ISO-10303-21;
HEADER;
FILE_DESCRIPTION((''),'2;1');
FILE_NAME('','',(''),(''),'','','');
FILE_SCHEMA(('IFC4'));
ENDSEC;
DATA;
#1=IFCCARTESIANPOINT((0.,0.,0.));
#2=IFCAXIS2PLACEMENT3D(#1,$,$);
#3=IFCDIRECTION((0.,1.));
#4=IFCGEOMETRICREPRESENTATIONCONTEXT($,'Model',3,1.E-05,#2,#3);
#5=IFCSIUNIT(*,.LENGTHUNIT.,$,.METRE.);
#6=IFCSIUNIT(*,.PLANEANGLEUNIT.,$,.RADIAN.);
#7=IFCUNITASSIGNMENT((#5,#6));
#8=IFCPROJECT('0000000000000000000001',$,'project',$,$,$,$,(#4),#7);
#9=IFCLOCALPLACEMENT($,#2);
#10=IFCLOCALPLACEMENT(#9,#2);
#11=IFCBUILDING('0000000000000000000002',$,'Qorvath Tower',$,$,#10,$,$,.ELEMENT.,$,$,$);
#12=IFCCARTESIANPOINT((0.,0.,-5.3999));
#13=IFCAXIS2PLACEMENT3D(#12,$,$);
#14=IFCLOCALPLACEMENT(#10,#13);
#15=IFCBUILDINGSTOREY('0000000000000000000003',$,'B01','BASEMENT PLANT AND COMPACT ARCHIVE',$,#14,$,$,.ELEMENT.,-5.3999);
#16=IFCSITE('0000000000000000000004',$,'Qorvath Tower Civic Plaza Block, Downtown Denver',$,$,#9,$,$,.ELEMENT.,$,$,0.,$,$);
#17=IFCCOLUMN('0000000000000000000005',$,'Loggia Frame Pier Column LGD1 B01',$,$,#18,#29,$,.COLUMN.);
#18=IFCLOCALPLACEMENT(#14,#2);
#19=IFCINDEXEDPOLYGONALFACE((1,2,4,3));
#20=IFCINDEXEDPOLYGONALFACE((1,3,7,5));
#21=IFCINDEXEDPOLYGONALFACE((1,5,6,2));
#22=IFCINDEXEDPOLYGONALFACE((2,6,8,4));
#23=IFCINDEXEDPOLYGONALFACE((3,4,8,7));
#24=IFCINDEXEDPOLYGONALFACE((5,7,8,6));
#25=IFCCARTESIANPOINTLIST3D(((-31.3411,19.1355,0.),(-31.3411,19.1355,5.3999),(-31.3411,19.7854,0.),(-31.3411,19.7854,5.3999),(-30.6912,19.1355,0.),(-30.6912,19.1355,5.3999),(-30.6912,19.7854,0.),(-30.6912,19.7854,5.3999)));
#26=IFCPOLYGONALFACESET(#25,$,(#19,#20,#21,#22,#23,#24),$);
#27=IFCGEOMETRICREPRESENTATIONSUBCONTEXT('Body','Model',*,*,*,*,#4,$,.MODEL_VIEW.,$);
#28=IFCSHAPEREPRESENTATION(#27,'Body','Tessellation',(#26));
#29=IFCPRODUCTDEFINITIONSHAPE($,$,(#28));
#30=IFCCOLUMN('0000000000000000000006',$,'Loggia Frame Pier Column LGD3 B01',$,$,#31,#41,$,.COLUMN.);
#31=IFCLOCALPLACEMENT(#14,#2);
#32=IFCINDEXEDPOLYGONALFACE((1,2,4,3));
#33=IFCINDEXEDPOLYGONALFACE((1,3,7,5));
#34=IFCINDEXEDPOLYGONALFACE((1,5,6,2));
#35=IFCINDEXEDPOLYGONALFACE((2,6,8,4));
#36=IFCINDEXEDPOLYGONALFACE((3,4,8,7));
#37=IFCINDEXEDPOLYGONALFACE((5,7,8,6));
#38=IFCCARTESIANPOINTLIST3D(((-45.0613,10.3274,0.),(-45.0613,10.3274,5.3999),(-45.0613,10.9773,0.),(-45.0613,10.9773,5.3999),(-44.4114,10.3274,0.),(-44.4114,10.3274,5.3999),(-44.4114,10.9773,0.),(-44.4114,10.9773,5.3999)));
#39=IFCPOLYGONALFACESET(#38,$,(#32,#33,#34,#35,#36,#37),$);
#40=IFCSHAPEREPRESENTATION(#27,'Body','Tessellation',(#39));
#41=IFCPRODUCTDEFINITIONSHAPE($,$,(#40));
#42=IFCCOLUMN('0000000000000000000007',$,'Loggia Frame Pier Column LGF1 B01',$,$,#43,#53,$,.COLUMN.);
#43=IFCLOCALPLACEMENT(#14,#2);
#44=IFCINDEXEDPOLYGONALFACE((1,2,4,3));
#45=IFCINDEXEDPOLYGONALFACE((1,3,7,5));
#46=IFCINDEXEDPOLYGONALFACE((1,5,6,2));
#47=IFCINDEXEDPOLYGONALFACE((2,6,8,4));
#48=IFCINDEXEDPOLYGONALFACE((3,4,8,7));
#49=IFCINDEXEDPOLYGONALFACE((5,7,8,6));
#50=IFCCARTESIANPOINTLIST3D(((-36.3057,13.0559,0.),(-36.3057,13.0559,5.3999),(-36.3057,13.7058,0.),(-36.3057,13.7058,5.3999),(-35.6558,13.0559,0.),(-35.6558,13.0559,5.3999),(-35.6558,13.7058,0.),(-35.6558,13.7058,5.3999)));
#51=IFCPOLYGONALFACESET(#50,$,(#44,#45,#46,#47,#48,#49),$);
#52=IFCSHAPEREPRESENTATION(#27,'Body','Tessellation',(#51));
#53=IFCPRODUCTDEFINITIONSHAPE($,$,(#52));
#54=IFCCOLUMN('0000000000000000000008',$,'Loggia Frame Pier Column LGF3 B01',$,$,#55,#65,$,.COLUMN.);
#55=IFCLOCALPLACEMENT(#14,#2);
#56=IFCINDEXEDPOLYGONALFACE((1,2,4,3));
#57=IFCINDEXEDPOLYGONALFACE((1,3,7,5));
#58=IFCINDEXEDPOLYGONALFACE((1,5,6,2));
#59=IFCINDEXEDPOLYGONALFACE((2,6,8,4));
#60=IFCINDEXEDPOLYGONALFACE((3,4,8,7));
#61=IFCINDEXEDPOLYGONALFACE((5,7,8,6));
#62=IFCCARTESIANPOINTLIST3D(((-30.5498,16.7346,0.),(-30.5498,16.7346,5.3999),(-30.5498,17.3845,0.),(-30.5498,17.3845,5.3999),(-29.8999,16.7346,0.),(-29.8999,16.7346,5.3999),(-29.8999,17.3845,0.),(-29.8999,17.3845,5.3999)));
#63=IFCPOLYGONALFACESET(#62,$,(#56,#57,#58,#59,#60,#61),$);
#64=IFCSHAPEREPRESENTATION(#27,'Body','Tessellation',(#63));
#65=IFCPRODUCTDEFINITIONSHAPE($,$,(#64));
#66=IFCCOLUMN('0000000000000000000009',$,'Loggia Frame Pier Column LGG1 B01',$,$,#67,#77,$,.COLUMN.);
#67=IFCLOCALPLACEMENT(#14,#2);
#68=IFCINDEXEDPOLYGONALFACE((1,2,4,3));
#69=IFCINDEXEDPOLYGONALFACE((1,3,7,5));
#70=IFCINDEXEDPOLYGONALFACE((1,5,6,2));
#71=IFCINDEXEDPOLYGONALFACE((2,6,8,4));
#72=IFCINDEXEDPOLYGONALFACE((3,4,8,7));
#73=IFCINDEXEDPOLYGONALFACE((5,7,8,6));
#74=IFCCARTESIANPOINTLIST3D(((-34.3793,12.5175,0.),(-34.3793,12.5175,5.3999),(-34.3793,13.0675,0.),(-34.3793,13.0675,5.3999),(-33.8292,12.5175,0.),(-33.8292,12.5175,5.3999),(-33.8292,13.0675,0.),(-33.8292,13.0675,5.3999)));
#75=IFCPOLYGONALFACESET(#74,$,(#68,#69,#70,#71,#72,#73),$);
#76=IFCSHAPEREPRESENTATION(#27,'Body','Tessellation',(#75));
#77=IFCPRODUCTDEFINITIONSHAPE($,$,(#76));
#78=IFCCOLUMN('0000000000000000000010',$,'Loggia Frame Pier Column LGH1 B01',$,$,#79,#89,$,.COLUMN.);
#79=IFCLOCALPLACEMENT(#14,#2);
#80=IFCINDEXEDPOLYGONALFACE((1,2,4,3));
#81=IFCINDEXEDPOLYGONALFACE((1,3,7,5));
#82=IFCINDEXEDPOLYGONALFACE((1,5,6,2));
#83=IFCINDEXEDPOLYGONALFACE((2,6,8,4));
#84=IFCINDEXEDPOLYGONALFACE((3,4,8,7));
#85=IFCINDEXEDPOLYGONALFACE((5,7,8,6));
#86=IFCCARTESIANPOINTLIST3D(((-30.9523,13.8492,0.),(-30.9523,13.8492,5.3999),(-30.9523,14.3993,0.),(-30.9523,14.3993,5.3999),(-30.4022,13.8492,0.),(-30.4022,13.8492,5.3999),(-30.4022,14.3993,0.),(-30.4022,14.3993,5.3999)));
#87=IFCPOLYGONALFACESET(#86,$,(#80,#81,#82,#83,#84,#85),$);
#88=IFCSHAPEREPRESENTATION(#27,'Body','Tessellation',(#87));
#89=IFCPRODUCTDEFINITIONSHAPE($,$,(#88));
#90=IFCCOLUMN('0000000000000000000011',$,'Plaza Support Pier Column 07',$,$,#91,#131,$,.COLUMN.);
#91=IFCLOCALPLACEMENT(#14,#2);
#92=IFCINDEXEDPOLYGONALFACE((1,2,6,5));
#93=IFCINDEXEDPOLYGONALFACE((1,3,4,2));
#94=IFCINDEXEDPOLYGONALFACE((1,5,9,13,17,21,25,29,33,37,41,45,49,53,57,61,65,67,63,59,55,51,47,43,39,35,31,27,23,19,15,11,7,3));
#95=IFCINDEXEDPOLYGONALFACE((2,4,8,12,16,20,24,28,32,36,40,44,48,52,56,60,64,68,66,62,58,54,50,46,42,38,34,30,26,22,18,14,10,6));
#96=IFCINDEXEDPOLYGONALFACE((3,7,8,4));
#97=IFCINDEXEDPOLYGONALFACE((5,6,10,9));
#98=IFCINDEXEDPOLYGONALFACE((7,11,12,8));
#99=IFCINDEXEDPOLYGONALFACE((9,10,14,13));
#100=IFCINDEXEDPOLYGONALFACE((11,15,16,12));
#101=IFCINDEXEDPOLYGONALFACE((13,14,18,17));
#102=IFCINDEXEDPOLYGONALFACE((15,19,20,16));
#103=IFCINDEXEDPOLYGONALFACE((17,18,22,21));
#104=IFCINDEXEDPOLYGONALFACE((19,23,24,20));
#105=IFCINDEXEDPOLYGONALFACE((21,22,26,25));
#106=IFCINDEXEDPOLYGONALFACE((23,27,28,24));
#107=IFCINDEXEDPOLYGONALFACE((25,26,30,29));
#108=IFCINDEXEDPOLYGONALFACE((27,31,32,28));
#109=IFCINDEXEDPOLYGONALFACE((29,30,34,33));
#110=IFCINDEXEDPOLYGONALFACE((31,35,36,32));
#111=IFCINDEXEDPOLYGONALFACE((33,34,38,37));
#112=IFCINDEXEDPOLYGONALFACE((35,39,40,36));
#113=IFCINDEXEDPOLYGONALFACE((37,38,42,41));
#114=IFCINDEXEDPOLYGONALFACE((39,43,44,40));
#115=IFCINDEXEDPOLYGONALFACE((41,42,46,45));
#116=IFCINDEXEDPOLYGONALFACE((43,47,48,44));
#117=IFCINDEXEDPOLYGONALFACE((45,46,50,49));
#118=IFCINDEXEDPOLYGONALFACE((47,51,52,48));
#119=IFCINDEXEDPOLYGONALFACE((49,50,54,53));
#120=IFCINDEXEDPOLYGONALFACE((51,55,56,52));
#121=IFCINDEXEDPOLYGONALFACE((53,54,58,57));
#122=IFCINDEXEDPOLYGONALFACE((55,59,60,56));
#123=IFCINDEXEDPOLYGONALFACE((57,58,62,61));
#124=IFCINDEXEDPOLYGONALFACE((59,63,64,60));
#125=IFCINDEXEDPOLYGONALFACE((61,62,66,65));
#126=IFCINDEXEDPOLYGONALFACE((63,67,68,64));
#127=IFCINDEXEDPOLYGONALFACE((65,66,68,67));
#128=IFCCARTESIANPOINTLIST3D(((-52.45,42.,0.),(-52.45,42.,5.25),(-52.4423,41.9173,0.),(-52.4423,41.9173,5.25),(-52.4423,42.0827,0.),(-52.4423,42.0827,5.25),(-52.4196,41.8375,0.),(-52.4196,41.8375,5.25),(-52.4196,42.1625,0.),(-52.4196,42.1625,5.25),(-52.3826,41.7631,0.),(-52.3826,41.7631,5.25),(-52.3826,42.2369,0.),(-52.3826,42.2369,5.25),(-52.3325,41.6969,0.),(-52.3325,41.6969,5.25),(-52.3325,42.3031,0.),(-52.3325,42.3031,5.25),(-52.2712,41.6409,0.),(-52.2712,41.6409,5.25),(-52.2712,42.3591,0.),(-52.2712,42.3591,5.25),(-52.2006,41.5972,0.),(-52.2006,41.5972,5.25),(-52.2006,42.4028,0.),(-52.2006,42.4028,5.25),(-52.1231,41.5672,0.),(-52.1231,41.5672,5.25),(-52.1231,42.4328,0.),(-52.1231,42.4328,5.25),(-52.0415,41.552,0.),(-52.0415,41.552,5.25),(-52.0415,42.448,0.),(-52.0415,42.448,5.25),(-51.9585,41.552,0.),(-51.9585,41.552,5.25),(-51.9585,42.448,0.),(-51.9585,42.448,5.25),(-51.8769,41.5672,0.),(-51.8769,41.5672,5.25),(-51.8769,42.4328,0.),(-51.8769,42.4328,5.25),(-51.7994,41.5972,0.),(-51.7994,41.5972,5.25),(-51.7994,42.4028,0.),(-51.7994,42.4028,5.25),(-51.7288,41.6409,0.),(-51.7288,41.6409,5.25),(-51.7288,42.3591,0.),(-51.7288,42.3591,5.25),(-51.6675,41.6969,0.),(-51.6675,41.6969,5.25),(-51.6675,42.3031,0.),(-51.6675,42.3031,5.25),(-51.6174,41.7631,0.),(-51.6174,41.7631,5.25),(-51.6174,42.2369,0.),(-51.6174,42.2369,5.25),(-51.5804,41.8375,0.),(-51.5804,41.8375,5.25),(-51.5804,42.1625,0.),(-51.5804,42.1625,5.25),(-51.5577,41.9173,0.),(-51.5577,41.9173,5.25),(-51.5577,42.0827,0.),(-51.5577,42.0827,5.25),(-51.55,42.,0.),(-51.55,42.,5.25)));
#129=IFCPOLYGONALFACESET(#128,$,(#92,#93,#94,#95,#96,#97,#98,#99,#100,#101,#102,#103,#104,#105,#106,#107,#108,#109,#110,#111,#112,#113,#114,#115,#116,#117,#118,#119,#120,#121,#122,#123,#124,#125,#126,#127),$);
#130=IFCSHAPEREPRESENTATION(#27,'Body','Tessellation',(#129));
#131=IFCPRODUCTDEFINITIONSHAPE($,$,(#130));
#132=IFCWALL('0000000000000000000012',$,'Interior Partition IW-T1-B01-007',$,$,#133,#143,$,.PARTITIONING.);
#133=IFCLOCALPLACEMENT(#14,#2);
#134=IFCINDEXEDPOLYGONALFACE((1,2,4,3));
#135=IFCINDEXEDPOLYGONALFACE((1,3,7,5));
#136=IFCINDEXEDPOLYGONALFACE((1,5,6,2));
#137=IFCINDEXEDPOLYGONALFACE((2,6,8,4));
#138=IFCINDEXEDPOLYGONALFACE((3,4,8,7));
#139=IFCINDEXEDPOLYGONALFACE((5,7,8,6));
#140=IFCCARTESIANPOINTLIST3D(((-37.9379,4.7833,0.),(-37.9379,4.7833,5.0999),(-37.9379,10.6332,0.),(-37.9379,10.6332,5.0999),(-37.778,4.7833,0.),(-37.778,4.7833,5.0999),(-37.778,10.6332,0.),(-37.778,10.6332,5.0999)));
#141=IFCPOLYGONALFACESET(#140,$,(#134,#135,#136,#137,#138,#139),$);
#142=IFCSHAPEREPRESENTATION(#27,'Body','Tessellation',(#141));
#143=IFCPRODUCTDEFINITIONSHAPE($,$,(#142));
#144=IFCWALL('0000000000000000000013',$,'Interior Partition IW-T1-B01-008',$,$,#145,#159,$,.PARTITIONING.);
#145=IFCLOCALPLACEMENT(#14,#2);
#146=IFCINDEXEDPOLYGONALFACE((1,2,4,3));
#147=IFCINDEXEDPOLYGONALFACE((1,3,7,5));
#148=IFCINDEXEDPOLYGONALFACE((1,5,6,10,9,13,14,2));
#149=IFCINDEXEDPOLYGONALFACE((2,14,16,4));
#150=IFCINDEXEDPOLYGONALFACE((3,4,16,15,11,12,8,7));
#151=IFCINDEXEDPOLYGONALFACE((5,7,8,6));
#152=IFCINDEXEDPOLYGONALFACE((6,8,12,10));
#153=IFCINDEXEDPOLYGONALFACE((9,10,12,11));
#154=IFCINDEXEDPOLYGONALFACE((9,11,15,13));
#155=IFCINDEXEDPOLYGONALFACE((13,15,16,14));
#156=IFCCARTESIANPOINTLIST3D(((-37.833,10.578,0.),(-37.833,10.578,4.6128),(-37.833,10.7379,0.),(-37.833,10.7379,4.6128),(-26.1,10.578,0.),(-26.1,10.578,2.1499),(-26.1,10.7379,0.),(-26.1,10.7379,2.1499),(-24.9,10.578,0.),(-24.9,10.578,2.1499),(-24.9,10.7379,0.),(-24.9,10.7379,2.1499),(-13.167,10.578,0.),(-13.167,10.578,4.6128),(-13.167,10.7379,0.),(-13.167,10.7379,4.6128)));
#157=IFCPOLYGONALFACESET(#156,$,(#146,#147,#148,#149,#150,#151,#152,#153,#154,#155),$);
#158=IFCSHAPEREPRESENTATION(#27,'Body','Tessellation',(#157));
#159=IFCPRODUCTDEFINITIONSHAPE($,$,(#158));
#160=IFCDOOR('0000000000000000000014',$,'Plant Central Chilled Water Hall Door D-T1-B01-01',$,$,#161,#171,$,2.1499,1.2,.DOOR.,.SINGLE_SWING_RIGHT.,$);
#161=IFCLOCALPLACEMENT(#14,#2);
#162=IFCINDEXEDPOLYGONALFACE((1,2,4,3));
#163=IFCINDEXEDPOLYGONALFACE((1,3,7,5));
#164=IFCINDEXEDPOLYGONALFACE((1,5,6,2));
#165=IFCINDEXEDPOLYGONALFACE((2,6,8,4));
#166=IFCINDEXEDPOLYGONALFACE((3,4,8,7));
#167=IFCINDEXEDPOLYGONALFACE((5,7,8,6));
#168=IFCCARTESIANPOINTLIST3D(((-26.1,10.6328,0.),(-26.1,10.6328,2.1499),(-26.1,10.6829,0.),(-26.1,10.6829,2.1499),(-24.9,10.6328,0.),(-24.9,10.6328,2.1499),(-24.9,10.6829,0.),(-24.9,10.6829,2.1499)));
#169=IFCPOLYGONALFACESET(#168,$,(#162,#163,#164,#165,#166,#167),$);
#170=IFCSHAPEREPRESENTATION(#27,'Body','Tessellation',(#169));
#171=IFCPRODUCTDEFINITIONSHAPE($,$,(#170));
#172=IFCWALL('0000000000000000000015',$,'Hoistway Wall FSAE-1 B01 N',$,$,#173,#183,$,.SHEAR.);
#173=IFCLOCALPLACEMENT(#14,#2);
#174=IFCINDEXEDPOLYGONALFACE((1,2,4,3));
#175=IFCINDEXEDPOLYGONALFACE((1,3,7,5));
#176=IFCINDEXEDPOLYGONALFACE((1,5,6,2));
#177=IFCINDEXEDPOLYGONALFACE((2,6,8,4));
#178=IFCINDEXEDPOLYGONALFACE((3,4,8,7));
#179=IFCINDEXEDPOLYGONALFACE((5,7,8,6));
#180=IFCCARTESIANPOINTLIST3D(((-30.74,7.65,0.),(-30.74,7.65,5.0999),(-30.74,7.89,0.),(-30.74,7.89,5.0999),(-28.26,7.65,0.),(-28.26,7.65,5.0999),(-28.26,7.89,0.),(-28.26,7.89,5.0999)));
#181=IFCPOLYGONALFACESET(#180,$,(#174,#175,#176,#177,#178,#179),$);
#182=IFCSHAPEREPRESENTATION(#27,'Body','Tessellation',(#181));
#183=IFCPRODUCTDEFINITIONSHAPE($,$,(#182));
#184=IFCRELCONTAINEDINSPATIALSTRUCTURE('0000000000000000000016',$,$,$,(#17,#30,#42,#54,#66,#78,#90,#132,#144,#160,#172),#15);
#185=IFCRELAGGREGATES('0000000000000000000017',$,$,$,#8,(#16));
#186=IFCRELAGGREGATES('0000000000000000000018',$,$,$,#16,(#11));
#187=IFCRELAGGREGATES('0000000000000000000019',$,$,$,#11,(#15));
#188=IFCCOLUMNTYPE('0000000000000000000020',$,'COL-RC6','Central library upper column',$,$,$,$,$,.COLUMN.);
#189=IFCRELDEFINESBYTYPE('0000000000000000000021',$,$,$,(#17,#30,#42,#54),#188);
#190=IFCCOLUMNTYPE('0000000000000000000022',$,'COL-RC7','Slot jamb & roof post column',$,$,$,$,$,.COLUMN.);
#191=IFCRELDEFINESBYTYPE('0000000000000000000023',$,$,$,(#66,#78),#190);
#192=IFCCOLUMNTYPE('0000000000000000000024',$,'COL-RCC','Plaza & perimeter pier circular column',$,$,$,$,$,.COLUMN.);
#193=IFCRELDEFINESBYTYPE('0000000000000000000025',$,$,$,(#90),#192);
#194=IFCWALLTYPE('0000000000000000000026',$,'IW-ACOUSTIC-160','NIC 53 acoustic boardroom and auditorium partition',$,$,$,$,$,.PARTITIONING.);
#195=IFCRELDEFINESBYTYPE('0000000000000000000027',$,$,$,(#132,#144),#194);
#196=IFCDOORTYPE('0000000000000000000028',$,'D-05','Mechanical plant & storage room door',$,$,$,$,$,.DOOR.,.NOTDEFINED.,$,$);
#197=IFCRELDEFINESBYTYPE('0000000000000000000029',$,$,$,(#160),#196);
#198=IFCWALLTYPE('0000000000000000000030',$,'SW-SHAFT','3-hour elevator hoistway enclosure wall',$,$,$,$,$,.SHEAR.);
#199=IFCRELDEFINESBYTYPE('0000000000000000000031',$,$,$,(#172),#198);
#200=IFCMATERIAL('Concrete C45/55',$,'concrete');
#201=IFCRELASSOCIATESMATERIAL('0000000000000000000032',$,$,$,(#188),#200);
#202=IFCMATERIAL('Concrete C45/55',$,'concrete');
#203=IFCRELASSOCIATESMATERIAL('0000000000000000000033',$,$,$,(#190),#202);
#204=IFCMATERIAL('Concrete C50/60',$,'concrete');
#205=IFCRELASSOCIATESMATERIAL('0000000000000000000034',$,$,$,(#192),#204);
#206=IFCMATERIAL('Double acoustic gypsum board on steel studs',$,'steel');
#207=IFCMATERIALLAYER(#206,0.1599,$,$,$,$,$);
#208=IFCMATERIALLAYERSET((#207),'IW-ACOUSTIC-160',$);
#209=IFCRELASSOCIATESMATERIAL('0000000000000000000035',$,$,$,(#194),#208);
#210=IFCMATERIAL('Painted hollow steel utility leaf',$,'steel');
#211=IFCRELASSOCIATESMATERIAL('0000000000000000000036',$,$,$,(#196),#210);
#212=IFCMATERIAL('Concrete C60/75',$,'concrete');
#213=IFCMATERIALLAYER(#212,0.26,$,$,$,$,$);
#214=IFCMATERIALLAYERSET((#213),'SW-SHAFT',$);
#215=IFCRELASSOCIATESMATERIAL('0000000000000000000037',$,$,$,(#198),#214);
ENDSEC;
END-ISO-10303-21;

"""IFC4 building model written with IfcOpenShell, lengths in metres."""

from ifc_helpers import new_model, si_unit, direction, frame, frame_2d, origin, origin_2d, place, context, subcontext, project, spatial, rectangle, circle, extrude, material, layer, layer_set, material_profile, profile_set, type_object, element, fill, save


model = new_model("IFC4")

# Units and contexts
model_context = context("Model", 3, precision=1e-05, world=origin(), true_north=direction((0.0, 1.0)))
body_context = subcontext(model_context, "Body", "Model", "MODEL_VIEW")
ifc_project = project(units=[si_unit("LENGTHUNIT", "METRE"), si_unit("PLANEANGLEUNIT", "RADIAN")], contexts=[model_context])

# Site, building, storey
site_placement = place(None, origin())
site = spatial("IfcSite", under=ifc_project, at=site_placement, Name="Qorvath Tower Civic Plaza Block, Downtown Denver", CompositionType="ELEMENT", RefElevation=0.0)
building_placement = place(site_placement, origin())
building = spatial("IfcBuilding", under=site, at=building_placement, Name="Qorvath Tower", CompositionType="ELEMENT")
storey_placement = place(building_placement, frame((0.0, 0.0, -5.3999)))
storey = spatial("IfcBuildingStorey", under=building, at=storey_placement, Name="B01", Description="BASEMENT PLANT AND COMPACT ARCHIVE", CompositionType="ELEMENT", Elevation=-5.3999)

# Columns
ifc_material_1 = material(Name="Concrete C45/55", Category="concrete")
ifc_material_profile_1 = material_profile(ifc_material_1, rectangle(XDim=0.6499, YDim=0.6499, at=origin_2d()), Name="RC 650x650")
ifc_profile_set_1 = profile_set([ifc_material_profile_1], Name="Concrete C45/55")
column_type_1 = type_object("IfcColumnType", Name="COL-RC6", Description="Central library upper column", PredefinedType="COLUMN", material=ifc_profile_set_1)
for number, where, z_axis, x_axis, name in (
    (1, (-31.0161, 19.4604, 0.0), (0.0, 0.0, 1.0), (1.0, 0.0, 0.0), "Loggia Frame Pier Column LGD1 B01"),
    (2, (-44.7363, 10.6523, 0.0), (0.0, 0.0, 1.0), (1.0, 0.0, 0.0), "Loggia Frame Pier Column LGD3 B01"),
    (3, (-35.9807, 13.3809, 0.0), (0.0, 0.0, 1.0), (1.0, 0.0, 0.0), "Loggia Frame Pier Column LGF1 B01"),
    (4, (-30.2249, 17.0596, 0.0), (0.0, 0.0, 1.0), (1.0, 0.0, 0.0), "Loggia Frame Pier Column LGF3 B01"),
):
    element("IfcColumn", number, at=place(storey_placement, frame(where, z_axis=z_axis, x_axis=x_axis)), inside=storey, type_object=column_type_1, Name=name, PredefinedType="COLUMN", context=body_context, shape_type="SweptSolid", body=[
        extrude(rectangle(XDim=0.6499, YDim=0.6499, at=origin_2d()), origin(), (0.0, 0.0, 1.0), 5.3999),
    ])
ifc_material_2 = material(Name="Concrete C45/55", Category="concrete")
ifc_material_profile_2 = material_profile(ifc_material_2, rectangle(XDim=0.55, YDim=0.55, at=origin_2d()), Name="RC 550x550")
ifc_profile_set_2 = profile_set([ifc_material_profile_2], Name="Concrete C45/55")
column_type_2 = type_object("IfcColumnType", Name="COL-RC7", Description="Slot jamb & roof post column", PredefinedType="COLUMN", material=ifc_profile_set_2)
for number, where, z_axis, x_axis, name in (
    (5, (-34.1042, 12.7925, 0.0), (0.0, 0.0, 1.0), (1.0, 0.0, 0.0), "Loggia Frame Pier Column LGG1 B01"),
    (6, (-30.6772, 14.1243, 0.0), (0.0, 0.0, 1.0), (1.0, 0.0, 0.0), "Loggia Frame Pier Column LGH1 B01"),
):
    element("IfcColumn", number, at=place(storey_placement, frame(where, z_axis=z_axis, x_axis=x_axis)), inside=storey, type_object=column_type_2, Name=name, PredefinedType="COLUMN", context=body_context, shape_type="SweptSolid", body=[
        extrude(rectangle(XDim=0.55, YDim=0.55, at=origin_2d()), origin(), (0.0, 0.0, 1.0), 5.3999),
    ])
ifc_material_3 = material(Name="Concrete C50/60", Category="concrete")
ifc_material_profile_3 = material_profile(ifc_material_3, circle(Radius=0.45, at=origin_2d()), Name="RCC 900")
ifc_profile_set_3 = profile_set([ifc_material_profile_3], Name="Concrete C50/60")
column_type_3 = type_object("IfcColumnType", Name="COL-RCC", Description="Plaza & perimeter pier circular column", PredefinedType="COLUMN", material=ifc_profile_set_3)
column_placement = place(storey_placement, frame((-52.0, 42.0, 0.0), z_axis=(0.0, 0.0, 1.0), x_axis=(1.0, 0.0, 0.0)))
element("IfcColumn", 7, at=column_placement, inside=storey, type_object=column_type_3, Name="Plaza Support Pier Column 07", PredefinedType="COLUMN", context=body_context, shape_type="SweptSolid", body=[
    extrude(circle(Radius=0.45, at=origin_2d()), origin(), (0.0, 0.0, 1.0), 5.25),
])

# Wall
ifc_material_4 = material(Name="Double acoustic gypsum board on steel studs", Category="steel")
ifc_layer_1 = layer(ifc_material_4, 0.1599)
ifc_layer_set_1 = layer_set([ifc_layer_1], Name="IW-ACOUSTIC-160")
wall_type_1 = type_object("IfcWallType", Name="IW-ACOUSTIC-160", Description="NIC 53 acoustic boardroom and auditorium partition", PredefinedType="PARTITIONING", material=ifc_layer_set_1)
wall_1_placement = place(storey_placement, frame((-37.8579, 10.6331, 0.0), z_axis=(0.0, 0.0, 1.0), x_axis=(0.0, -1.0, 0.0)))
element("IfcWall", 8, at=wall_1_placement, inside=storey, type_object=wall_type_1, Name="Interior Partition IW-T1-B01-007", PredefinedType="PARTITIONING", context=body_context, shape_type="SweptSolid", body=[
    extrude(rectangle(XDim=5.8499, YDim=0.1599, at=frame_2d((2.9248, 0.0))), origin(), (0.0, 0.0, 1.0), 5.0999),
])

# Wall, opening, door
wall_2_placement = place(storey_placement, frame((-37.833, 10.658, 0.0), z_axis=(0.0, 0.0, 1.0), x_axis=(1.0, 0.0, 0.0)))
wall_2 = element("IfcWall", 9, at=wall_2_placement, inside=storey, type_object=wall_type_1, Name="Interior Partition IW-T1-B01-008", PredefinedType="PARTITIONING", context=body_context, shape_type="SweptSolid", body=[
    extrude(rectangle(XDim=24.666, YDim=0.1599, at=frame_2d((12.333, 0.0))), origin(), (0.0, 0.0, 1.0), 4.6128),
])
opening_placement = place(wall_2_placement, frame((11.7329, 0.0, 0.0)))
opening = element("IfcOpeningElement", 10, at=opening_placement, cuts=wall_2, PredefinedType="OPENING", context=body_context, shape_type="SweptSolid", body=[
    extrude(rectangle(XDim=1.2, YDim=2.1499, at=frame_2d((0.6001, 1.075))), frame((0.0, 0.0898, 0.0), z_axis=(0.0, -1.0, 0.0), x_axis=(1.0, 0.0, 0.0)), (0.0, 0.0, 1.0), 0.1799),
])
ifc_material_5 = material(Name="Painted hollow steel utility leaf", Category="steel")
door_type = type_object("IfcDoorType", Name="D-05", Description="Mechanical plant & storage room door", OperationType="NOTDEFINED", PredefinedType="DOOR", material=ifc_material_5)
door_placement = place(opening_placement, origin())
door = element("IfcDoor", 11, at=door_placement, inside=storey, type_object=door_type, Name="Plant Central Chilled Water Hall Door D-T1-B01-01", OperationType="SINGLE_SWING_RIGHT", OverallHeight=2.1499, OverallWidth=1.2, PredefinedType="DOOR", context=body_context, shape_type="SweptSolid", body=[
    extrude(rectangle(XDim=1.2, YDim=2.1499, at=frame_2d((0.6001, 1.075))), frame((0.0, 0.0249, 0.0), z_axis=(0.0, -1.0, 0.0), x_axis=(1.0, 0.0, 0.0)), (0.0, 0.0, 1.0), 0.05),
])
fill(opening, door)

# Wall
ifc_material_6 = material(Name="Concrete C60/75", Category="concrete")
ifc_layer_2 = layer(ifc_material_6, 0.26)
ifc_layer_set_2 = layer_set([ifc_layer_2], Name="SW-SHAFT")
wall_type_2 = type_object("IfcWallType", Name="SW-SHAFT", Description="3-hour elevator hoistway enclosure wall", PredefinedType="SHEAR", material=ifc_layer_set_2)
wall_3_placement = place(storey_placement, frame((-30.74, 7.77, 0.0), z_axis=(0.0, 0.0, 1.0), x_axis=(1.0, 0.0, 0.0)))
element("IfcWall", 12, at=wall_3_placement, inside=storey, type_object=wall_type_2, Name="Hoistway Wall FSAE-1 B01 N", PredefinedType="SHEAR", context=body_context, shape_type="SweptSolid", body=[
    extrude(rectangle(XDim=2.48, YDim=0.24, at=frame_2d((1.24, 0.0))), origin(), (0.0, 0.0, 1.0), 5.0999),
])

save(model, "model.ifc")
